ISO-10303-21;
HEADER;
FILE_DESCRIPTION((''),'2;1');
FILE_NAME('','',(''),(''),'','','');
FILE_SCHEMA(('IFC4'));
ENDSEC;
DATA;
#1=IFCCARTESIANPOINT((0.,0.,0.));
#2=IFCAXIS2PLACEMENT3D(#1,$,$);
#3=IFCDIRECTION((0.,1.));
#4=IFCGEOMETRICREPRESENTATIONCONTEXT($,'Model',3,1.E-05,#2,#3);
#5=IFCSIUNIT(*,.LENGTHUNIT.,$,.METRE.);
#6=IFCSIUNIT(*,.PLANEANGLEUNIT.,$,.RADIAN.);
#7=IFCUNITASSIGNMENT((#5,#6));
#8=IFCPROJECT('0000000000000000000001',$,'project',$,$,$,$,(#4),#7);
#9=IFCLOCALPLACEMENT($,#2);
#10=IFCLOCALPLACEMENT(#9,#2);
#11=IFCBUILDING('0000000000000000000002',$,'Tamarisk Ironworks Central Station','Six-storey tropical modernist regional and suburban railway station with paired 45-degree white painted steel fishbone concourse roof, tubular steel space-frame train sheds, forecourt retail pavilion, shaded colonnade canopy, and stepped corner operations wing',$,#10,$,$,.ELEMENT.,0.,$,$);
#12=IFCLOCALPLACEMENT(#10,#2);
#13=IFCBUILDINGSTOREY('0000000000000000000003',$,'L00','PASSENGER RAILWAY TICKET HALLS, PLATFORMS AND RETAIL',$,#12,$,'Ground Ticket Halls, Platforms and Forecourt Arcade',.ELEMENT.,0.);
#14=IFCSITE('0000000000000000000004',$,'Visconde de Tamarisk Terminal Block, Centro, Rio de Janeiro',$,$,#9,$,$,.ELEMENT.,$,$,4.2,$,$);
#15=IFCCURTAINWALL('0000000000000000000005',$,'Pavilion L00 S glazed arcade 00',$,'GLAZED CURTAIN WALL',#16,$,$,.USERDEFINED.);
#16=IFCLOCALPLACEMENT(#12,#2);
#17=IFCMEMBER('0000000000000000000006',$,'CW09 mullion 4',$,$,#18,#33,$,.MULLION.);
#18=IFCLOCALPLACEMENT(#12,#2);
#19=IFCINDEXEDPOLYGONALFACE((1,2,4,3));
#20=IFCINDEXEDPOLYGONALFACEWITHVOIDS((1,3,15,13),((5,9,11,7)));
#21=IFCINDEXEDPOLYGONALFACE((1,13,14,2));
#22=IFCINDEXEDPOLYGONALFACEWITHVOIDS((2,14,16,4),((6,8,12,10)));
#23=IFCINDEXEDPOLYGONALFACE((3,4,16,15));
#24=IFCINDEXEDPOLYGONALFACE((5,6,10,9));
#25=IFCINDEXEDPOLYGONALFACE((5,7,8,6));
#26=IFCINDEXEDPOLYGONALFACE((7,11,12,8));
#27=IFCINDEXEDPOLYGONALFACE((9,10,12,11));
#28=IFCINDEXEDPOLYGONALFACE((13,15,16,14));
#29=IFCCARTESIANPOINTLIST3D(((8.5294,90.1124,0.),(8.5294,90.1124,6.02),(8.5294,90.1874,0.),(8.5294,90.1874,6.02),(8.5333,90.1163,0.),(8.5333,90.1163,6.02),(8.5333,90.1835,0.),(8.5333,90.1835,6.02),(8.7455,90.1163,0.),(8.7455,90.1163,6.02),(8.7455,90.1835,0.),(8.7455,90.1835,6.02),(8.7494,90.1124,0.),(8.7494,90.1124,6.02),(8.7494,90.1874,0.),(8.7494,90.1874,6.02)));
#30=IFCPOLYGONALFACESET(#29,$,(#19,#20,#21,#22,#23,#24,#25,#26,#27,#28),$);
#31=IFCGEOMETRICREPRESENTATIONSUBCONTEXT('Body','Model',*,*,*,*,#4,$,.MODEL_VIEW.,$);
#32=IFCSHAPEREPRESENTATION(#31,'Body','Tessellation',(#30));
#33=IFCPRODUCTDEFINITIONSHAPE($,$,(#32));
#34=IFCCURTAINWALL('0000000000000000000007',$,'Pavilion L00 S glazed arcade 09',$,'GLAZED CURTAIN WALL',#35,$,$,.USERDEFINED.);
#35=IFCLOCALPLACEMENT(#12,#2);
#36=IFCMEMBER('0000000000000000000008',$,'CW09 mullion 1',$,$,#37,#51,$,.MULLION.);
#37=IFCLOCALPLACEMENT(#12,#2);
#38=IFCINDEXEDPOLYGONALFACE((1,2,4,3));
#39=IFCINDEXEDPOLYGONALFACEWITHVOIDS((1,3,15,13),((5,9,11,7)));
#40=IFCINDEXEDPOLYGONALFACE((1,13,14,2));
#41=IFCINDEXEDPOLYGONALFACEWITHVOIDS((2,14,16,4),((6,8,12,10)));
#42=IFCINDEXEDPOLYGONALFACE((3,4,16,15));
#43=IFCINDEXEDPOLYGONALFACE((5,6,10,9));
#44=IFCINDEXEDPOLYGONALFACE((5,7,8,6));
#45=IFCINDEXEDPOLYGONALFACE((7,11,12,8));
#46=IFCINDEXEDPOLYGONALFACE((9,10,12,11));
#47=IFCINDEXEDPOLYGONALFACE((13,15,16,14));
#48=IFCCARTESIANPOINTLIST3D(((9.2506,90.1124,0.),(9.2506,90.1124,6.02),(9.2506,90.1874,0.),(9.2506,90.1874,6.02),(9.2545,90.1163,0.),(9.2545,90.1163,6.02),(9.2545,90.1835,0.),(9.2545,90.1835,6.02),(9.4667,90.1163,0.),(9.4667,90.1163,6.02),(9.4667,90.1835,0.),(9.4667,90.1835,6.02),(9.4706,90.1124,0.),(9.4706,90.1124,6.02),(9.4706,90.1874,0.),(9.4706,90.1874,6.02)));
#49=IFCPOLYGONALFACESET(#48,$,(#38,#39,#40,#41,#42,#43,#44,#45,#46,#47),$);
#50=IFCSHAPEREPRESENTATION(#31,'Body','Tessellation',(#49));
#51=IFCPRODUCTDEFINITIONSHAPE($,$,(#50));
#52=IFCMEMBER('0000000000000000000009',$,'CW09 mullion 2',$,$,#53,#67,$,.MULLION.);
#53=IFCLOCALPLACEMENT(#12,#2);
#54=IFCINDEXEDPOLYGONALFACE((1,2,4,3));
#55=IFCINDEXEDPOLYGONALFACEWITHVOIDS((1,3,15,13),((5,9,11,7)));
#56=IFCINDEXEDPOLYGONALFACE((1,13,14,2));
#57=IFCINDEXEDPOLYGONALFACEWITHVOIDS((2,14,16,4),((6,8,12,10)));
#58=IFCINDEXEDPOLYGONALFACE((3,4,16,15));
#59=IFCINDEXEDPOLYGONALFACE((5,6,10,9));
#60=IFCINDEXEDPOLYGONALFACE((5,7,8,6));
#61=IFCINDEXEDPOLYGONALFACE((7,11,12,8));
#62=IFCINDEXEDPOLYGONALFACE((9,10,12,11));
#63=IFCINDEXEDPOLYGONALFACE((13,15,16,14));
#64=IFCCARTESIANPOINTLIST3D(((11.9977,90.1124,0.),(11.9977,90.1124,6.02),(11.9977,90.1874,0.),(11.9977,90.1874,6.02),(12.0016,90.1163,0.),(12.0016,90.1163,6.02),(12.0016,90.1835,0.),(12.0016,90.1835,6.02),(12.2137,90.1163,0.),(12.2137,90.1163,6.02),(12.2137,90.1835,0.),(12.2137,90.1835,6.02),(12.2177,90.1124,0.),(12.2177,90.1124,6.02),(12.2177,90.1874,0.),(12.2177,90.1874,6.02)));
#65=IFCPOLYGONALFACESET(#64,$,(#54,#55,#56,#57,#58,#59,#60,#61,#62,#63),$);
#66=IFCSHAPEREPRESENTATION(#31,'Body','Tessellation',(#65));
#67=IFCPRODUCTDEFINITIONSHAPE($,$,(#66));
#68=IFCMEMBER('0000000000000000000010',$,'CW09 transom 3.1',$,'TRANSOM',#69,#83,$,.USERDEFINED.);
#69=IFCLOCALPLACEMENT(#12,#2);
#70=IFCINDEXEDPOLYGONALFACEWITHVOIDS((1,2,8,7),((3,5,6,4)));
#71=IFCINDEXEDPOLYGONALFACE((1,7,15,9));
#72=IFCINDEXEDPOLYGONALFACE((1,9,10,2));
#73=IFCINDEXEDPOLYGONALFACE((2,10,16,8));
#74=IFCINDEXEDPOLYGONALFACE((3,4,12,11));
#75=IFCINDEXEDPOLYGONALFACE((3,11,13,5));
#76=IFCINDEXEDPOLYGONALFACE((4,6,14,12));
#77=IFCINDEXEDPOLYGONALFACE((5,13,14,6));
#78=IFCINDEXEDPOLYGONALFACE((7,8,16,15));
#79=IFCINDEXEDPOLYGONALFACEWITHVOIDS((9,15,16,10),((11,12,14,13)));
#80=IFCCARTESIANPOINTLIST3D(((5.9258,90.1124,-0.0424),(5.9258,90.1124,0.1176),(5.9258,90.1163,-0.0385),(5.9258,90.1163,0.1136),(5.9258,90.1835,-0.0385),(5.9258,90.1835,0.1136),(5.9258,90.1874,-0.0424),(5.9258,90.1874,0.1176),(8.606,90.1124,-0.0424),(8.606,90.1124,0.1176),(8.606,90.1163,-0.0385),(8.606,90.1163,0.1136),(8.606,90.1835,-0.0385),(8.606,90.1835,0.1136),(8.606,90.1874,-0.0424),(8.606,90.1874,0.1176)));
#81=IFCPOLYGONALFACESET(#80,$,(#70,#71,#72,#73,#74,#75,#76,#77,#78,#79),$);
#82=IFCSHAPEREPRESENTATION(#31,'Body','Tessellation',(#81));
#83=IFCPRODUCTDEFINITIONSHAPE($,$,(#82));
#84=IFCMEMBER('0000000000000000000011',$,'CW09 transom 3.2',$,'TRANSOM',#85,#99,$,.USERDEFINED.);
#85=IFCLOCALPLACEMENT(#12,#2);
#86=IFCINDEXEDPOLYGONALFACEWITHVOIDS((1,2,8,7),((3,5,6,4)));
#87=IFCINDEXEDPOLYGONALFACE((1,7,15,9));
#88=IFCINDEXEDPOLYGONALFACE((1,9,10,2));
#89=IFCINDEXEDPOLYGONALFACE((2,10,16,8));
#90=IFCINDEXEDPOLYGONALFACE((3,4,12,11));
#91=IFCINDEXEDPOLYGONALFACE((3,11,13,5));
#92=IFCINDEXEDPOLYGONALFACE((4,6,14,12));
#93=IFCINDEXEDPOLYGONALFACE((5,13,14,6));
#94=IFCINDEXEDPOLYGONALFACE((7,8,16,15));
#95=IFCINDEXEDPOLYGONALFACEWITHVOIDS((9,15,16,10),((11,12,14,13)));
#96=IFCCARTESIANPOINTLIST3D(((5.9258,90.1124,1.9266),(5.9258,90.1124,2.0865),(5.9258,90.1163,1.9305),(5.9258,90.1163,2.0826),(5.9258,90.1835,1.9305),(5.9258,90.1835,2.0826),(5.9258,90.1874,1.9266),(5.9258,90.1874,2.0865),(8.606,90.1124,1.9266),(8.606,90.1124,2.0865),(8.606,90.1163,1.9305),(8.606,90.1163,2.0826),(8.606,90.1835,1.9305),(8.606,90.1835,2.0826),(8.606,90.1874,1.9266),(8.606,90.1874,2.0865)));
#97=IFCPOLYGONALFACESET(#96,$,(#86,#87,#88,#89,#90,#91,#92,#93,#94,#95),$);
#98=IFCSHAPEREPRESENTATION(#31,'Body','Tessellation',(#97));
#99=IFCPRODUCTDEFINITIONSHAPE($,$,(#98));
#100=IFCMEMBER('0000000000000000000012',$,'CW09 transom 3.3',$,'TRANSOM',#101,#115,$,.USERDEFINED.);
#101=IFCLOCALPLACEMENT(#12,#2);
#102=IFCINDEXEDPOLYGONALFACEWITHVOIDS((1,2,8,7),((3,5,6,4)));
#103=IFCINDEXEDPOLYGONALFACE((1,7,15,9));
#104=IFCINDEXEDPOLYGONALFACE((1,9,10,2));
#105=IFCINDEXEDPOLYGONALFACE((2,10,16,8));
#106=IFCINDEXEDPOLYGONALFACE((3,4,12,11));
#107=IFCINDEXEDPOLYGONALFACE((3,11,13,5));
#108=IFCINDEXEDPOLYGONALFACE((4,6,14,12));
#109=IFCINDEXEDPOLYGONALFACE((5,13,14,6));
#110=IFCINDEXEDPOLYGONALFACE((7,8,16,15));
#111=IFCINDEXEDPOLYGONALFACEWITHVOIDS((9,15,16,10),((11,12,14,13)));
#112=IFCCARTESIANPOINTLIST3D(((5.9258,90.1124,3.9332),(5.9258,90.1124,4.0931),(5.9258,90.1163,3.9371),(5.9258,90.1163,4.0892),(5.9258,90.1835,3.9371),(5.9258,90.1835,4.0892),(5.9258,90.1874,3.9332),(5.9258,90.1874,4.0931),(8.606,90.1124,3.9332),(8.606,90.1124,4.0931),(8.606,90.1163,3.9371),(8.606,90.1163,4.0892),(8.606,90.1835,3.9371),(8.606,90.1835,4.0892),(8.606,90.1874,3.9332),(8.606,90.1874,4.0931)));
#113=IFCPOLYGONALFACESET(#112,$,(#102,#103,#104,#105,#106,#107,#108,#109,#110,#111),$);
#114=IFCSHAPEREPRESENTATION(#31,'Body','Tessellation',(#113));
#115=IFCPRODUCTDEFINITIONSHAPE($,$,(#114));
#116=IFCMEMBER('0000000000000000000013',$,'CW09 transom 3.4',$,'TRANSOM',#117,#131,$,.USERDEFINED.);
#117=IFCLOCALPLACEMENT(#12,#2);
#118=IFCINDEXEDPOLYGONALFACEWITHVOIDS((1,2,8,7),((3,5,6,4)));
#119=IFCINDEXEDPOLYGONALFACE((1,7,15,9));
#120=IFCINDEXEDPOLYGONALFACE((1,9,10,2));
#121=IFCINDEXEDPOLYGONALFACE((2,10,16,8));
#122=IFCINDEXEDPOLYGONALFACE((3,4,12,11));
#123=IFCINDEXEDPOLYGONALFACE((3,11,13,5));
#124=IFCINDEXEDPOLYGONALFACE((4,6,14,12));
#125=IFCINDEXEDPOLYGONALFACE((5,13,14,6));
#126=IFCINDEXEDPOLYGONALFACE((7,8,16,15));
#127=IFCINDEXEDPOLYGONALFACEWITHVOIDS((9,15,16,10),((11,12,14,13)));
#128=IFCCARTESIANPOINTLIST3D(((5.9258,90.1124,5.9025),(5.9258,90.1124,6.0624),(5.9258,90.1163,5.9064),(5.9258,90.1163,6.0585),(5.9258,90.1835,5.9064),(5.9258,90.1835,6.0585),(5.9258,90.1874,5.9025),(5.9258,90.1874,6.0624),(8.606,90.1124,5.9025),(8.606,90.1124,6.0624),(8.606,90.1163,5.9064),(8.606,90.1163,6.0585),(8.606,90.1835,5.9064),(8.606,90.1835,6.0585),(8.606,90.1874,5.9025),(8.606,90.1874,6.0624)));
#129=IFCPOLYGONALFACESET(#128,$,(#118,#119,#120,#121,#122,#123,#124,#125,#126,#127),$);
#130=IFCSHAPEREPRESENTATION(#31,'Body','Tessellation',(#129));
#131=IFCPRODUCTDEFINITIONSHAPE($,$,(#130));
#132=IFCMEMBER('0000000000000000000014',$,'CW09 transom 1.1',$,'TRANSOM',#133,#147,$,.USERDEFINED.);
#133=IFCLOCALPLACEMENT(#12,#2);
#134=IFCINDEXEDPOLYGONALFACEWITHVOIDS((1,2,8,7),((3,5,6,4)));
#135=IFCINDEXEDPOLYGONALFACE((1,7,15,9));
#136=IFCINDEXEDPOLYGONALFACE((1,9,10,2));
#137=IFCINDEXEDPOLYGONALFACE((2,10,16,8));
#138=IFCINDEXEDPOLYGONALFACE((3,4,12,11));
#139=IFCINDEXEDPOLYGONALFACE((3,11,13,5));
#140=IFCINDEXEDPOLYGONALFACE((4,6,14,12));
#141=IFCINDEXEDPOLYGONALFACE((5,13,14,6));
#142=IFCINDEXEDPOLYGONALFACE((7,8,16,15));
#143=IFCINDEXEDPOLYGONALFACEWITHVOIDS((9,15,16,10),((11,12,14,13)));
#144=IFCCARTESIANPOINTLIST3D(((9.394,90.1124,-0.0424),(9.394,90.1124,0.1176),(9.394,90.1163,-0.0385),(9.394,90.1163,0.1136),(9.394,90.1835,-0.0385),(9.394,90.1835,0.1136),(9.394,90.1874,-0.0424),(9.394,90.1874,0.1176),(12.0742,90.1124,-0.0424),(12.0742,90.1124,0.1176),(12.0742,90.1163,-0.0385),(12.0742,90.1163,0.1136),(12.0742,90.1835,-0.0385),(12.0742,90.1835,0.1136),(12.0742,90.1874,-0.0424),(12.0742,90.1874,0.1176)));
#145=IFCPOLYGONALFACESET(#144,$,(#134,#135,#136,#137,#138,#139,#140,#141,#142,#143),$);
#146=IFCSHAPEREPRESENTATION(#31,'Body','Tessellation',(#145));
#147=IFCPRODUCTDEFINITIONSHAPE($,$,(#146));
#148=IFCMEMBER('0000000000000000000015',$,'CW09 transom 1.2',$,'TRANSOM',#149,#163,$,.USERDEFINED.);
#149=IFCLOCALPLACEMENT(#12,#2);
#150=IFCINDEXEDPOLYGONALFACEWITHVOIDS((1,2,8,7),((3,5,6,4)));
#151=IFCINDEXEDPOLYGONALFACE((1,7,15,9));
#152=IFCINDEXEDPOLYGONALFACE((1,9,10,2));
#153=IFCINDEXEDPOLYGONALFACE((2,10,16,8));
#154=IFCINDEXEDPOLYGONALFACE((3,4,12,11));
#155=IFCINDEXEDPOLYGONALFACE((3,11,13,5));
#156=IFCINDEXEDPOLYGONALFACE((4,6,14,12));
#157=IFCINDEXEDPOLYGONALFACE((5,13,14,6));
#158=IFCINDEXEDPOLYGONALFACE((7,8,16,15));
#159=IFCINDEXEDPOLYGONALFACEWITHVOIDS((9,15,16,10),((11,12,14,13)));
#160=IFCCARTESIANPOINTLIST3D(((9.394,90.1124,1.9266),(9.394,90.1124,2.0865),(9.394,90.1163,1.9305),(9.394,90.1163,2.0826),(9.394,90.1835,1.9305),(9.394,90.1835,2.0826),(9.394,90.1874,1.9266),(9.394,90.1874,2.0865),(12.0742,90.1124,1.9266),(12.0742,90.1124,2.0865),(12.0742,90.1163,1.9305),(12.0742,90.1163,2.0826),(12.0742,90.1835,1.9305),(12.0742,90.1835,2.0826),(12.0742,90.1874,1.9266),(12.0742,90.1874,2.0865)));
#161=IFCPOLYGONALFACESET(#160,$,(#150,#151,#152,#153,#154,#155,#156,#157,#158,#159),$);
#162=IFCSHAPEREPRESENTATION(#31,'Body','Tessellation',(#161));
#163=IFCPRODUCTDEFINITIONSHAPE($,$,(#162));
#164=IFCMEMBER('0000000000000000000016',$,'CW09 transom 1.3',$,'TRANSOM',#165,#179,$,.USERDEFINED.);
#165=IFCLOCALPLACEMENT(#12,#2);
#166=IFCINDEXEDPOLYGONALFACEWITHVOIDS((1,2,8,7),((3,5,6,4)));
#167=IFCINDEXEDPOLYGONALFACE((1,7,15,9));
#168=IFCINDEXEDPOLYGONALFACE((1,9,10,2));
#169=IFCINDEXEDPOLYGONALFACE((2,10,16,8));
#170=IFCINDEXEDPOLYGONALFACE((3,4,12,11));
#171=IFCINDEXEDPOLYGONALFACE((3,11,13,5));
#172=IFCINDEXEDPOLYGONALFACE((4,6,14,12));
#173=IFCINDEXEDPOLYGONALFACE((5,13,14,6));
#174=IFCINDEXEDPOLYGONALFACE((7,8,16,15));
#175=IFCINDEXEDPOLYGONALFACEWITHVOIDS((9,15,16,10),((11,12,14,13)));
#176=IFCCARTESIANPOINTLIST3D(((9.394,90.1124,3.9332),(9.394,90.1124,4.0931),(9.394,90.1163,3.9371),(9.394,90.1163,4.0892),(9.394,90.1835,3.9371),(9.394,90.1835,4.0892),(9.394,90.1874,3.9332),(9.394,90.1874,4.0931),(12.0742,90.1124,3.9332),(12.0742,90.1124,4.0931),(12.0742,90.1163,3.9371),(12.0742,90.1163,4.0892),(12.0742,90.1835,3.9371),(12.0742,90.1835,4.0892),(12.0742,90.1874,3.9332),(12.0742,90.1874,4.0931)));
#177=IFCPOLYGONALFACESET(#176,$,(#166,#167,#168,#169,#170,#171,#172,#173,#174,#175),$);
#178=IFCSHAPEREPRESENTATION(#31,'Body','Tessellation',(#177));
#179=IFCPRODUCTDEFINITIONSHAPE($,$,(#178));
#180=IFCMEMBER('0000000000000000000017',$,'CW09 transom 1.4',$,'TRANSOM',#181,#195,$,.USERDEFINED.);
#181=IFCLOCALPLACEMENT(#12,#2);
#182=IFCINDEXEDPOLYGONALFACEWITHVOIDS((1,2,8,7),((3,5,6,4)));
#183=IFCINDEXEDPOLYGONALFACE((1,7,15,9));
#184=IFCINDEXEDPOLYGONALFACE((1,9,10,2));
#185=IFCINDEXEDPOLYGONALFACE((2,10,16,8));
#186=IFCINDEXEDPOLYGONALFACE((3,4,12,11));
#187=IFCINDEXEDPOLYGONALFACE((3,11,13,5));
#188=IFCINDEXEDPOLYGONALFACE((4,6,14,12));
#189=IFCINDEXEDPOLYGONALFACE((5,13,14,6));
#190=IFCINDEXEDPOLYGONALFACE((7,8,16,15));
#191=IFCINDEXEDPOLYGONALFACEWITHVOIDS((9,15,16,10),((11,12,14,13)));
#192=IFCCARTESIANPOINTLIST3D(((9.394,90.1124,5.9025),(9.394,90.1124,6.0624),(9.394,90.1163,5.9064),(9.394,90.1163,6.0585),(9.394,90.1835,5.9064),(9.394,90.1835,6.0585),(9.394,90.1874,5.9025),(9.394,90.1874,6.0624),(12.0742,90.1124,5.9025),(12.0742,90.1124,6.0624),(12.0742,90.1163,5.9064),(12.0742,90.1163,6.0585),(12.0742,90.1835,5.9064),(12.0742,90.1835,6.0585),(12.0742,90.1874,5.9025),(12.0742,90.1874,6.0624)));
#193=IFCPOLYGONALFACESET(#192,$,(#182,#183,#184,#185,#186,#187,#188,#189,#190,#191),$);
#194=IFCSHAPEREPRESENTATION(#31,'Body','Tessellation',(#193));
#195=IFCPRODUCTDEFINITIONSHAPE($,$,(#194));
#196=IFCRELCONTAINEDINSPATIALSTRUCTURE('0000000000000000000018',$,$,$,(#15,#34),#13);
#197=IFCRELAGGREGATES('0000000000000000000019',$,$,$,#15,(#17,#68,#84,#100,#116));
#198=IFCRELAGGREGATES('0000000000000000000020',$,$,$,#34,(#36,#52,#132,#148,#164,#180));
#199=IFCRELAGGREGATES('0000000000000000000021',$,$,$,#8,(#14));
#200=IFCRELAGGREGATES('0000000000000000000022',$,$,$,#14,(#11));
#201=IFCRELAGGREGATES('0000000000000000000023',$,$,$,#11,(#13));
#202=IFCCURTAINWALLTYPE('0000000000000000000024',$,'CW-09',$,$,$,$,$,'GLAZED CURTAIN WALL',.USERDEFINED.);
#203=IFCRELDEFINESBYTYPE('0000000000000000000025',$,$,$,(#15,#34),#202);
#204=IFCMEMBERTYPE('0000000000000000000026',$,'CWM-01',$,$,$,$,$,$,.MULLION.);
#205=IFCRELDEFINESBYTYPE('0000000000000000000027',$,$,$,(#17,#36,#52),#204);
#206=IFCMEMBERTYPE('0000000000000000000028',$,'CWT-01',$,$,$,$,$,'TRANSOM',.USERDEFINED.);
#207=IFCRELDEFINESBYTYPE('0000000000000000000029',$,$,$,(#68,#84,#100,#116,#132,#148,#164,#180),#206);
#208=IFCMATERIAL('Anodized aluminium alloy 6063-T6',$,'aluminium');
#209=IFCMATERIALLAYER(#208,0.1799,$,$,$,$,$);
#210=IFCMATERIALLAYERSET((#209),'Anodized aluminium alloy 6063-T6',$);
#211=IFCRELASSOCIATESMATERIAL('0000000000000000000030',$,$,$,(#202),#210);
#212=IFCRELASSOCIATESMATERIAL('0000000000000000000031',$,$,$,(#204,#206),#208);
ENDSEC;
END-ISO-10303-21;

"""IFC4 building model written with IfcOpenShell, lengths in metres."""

from ifc_helpers import new_model, si_unit, direction, frame, origin, origin_2d, place, context, subcontext, project, spatial, hollow_rectangle, extrude, material, layer, layer_set, material_profile, profile_set, type_object, element, aggregate, save


model = new_model("IFC4")

# Units and contexts
model_context = context("Model", 3, precision=1e-05, world=origin(), true_north=direction((0.0, 1.0)))
body_context = subcontext(model_context, "Body", "Model", "MODEL_VIEW")
ifc_project = project(units=[si_unit("LENGTHUNIT", "METRE"), si_unit("PLANEANGLEUNIT", "RADIAN")], contexts=[model_context])

# Site, building, storey
site_placement = place(None, origin())
site = spatial("IfcSite", under=ifc_project, at=site_placement, Name="Visconde de Tamarisk Terminal Block, Centro, Rio de Janeiro", CompositionType="ELEMENT", RefElevation=4.2)
building_placement = place(site_placement, origin())
building = spatial("IfcBuilding", under=site, at=building_placement, Name="Tamarisk Ironworks Central Station", Description="Six-storey tropical modernist regional and suburban railway station with paired 45-degree white painted steel fishbone concourse roof, tubular steel space-frame train sheds, forecourt retail pavilion, shaded colonnade canopy, and stepped corner operations wing", CompositionType="ELEMENT", ElevationOfRefHeight=0.0)
storey_placement = place(building_placement, origin())
storey = spatial("IfcBuildingStorey", under=building, at=storey_placement, Name="L00", Description="PASSENGER RAILWAY TICKET HALLS, PLATFORMS AND RETAIL", LongName="Ground Ticket Halls, Platforms and Forecourt Arcade", CompositionType="ELEMENT", Elevation=0.0)

# Curtain wall, member
ifc_material_1 = material(Name="Anodized aluminium alloy 6063-T6", Category="aluminium")
ifc_layer_1 = layer(ifc_material_1, 0.1799)
ifc_layer_set_1 = layer_set([ifc_layer_1], Name="Anodized aluminium alloy 6063-T6")
curtain_wall_type = type_object("IfcCurtainWallType", Name="CW-09", ElementType="GLAZED CURTAIN WALL", PredefinedType="USERDEFINED", material=ifc_layer_set_1)
curtain_wall_1_placement = place(storey_placement, origin())
curtain_wall_1 = element("IfcCurtainWall", 1, at=curtain_wall_1_placement, inside=storey, type_object=curtain_wall_type, Name="Pavilion L00 S glazed arcade 00", ObjectType="GLAZED CURTAIN WALL", PredefinedType="USERDEFINED")
ifc_material_profile_1 = material_profile(ifc_material_1, hollow_rectangle(XDim=0.075, YDim=0.22, WallThickness=0.0039, at=origin_2d()), Name="ALUM 220x75")
ifc_profile_set_1 = profile_set([ifc_material_profile_1], Name="Anodized aluminium alloy 6063-T6")
member_type_1 = type_object("IfcMemberType", Name="CWM-01", PredefinedType="MULLION", material=ifc_profile_set_1)
member_1_placement = place(storey_placement, frame((8.6394, 90.1499, 0.0), z_axis=(0.0, 0.0, 1.0), x_axis=(0.0, 1.0, 0.0)))
member_1 = element("IfcMember", 2, at=member_1_placement, type_object=member_type_1, Name="CW09 mullion 4", PredefinedType="MULLION", context=body_context, shape_type="SweptSolid", body=[
    extrude(hollow_rectangle(XDim=0.075, YDim=0.22, WallThickness=0.0039, at=origin_2d()), origin(), (0.0, 0.0, 1.0), 6.02),
])

# Curtain wall, members
curtain_wall_2_placement = place(storey_placement, origin())
curtain_wall_2 = element("IfcCurtainWall", 3, at=curtain_wall_2_placement, inside=storey, type_object=curtain_wall_type, Name="Pavilion L00 S glazed arcade 09", ObjectType="GLAZED CURTAIN WALL", PredefinedType="USERDEFINED")
member_2_placement = place(storey_placement, frame((9.3606, 90.1499, 0.0), z_axis=(0.0, 0.0, 1.0), x_axis=(0.0, 1.0, 0.0)))
member_2 = element("IfcMember", 4, at=member_2_placement, type_object=member_type_1, Name="CW09 mullion 1", PredefinedType="MULLION", context=body_context, shape_type="SweptSolid", body=[
    extrude(hollow_rectangle(XDim=0.075, YDim=0.22, WallThickness=0.0039, at=origin_2d()), origin(), (0.0, 0.0, 1.0), 6.02),
])
member_3_placement = place(storey_placement, frame((12.1077, 90.1499, 0.0), z_axis=(0.0, 0.0, 1.0), x_axis=(0.0, 1.0, 0.0)))
member_3 = element("IfcMember", 5, at=member_3_placement, type_object=member_type_1, Name="CW09 mullion 2", PredefinedType="MULLION", context=body_context, shape_type="SweptSolid", body=[
    extrude(hollow_rectangle(XDim=0.075, YDim=0.22, WallThickness=0.0039, at=origin_2d()), origin(), (0.0, 0.0, 1.0), 6.02),
])

# Members
ifc_material_profile_2 = material_profile(ifc_material_1, hollow_rectangle(XDim=0.075, YDim=0.1599, WallThickness=0.0039, at=origin_2d()), Name="ALUM 160x75")
ifc_profile_set_2 = profile_set([ifc_material_profile_2], Name="Anodized aluminium alloy 6063-T6")
member_type_2 = type_object("IfcMemberType", Name="CWT-01", ElementType="TRANSOM", PredefinedType="USERDEFINED", material=ifc_profile_set_2)
member_4_placement = place(storey_placement, frame((5.9258, 90.1499, 0.0376), z_axis=(1.0, 0.0, 0.0), x_axis=(0.0, 1.0, 0.0)))
member_4 = element("IfcMember", 6, at=member_4_placement, type_object=member_type_2, Name="CW09 transom 3.1", ObjectType="TRANSOM", PredefinedType="USERDEFINED", context=body_context, shape_type="SweptSolid", body=[
    extrude(hollow_rectangle(XDim=0.075, YDim=0.1599, WallThickness=0.0039, at=origin_2d()), origin(), (0.0, 0.0, 1.0), 2.6802),
])
member_5_placement = place(storey_placement, frame((5.9258, 90.1499, 2.0066), z_axis=(1.0, 0.0, 0.0), x_axis=(0.0, 1.0, 0.0)))
member_5 = element("IfcMember", 7, at=member_5_placement, type_object=member_type_2, Name="CW09 transom 3.2", ObjectType="TRANSOM", PredefinedType="USERDEFINED", context=body_context, shape_type="SweptSolid", body=[
    extrude(hollow_rectangle(XDim=0.075, YDim=0.1599, WallThickness=0.0039, at=origin_2d()), origin(), (0.0, 0.0, 1.0), 2.6802),
])
member_6_placement = place(storey_placement, frame((5.9258, 90.1499, 4.0132), z_axis=(1.0, 0.0, 0.0), x_axis=(0.0, 1.0, 0.0)))
member_6 = element("IfcMember", 8, at=member_6_placement, type_object=member_type_2, Name="CW09 transom 3.3", ObjectType="TRANSOM", PredefinedType="USERDEFINED", context=body_context, shape_type="SweptSolid", body=[
    extrude(hollow_rectangle(XDim=0.075, YDim=0.1599, WallThickness=0.0039, at=origin_2d()), origin(), (0.0, 0.0, 1.0), 2.6802),
])
member_7_placement = place(storey_placement, frame((5.9258, 90.1499, 5.9824), z_axis=(1.0, 0.0, 0.0), x_axis=(0.0, 1.0, 0.0)))
member_7 = element("IfcMember", 9, at=member_7_placement, type_object=member_type_2, Name="CW09 transom 3.4", ObjectType="TRANSOM", PredefinedType="USERDEFINED", context=body_context, shape_type="SweptSolid", body=[
    extrude(hollow_rectangle(XDim=0.075, YDim=0.1599, WallThickness=0.0039, at=origin_2d()), origin(), (0.0, 0.0, 1.0), 2.6802),
])
member_8_placement = place(storey_placement, frame((9.394, 90.1499, 0.0376), z_axis=(1.0, 0.0, 0.0), x_axis=(0.0, 1.0, 0.0)))
member_8 = element("IfcMember", 10, at=member_8_placement, type_object=member_type_2, Name="CW09 transom 1.1", ObjectType="TRANSOM", PredefinedType="USERDEFINED", context=body_context, shape_type="SweptSolid", body=[
    extrude(hollow_rectangle(XDim=0.075, YDim=0.1599, WallThickness=0.0039, at=origin_2d()), origin(), (0.0, 0.0, 1.0), 2.6802),
])
member_9_placement = place(storey_placement, frame((9.394, 90.1499, 2.0066), z_axis=(1.0, 0.0, 0.0), x_axis=(0.0, 1.0, 0.0)))
member_9 = element("IfcMember", 11, at=member_9_placement, type_object=member_type_2, Name="CW09 transom 1.2", ObjectType="TRANSOM", PredefinedType="USERDEFINED", context=body_context, shape_type="SweptSolid", body=[
    extrude(hollow_rectangle(XDim=0.075, YDim=0.1599, WallThickness=0.0039, at=origin_2d()), origin(), (0.0, 0.0, 1.0), 2.6802),
])
member_10_placement = place(storey_placement, frame((9.394, 90.1499, 4.0132), z_axis=(1.0, 0.0, 0.0), x_axis=(0.0, 1.0, 0.0)))
member_10 = element("IfcMember", 12, at=member_10_placement, type_object=member_type_2, Name="CW09 transom 1.3", ObjectType="TRANSOM", PredefinedType="USERDEFINED", context=body_context, shape_type="SweptSolid", body=[
    extrude(hollow_rectangle(XDim=0.075, YDim=0.1599, WallThickness=0.0039, at=origin_2d()), origin(), (0.0, 0.0, 1.0), 2.6802),
])
member_11_placement = place(storey_placement, frame((9.394, 90.1499, 5.9824), z_axis=(1.0, 0.0, 0.0), x_axis=(0.0, 1.0, 0.0)))
member_11 = element("IfcMember", 13, at=member_11_placement, type_object=member_type_2, Name="CW09 transom 1.4", ObjectType="TRANSOM", PredefinedType="USERDEFINED", context=body_context, shape_type="SweptSolid", body=[
    extrude(hollow_rectangle(XDim=0.075, YDim=0.1599, WallThickness=0.0039, at=origin_2d()), origin(), (0.0, 0.0, 1.0), 2.6802),
])

aggregate(curtain_wall_1, [member_1, member_4, member_5, member_6, member_7])
aggregate(curtain_wall_2, [member_2, member_3, member_8, member_9, member_10, member_11])

save(model, "model.ifc")
